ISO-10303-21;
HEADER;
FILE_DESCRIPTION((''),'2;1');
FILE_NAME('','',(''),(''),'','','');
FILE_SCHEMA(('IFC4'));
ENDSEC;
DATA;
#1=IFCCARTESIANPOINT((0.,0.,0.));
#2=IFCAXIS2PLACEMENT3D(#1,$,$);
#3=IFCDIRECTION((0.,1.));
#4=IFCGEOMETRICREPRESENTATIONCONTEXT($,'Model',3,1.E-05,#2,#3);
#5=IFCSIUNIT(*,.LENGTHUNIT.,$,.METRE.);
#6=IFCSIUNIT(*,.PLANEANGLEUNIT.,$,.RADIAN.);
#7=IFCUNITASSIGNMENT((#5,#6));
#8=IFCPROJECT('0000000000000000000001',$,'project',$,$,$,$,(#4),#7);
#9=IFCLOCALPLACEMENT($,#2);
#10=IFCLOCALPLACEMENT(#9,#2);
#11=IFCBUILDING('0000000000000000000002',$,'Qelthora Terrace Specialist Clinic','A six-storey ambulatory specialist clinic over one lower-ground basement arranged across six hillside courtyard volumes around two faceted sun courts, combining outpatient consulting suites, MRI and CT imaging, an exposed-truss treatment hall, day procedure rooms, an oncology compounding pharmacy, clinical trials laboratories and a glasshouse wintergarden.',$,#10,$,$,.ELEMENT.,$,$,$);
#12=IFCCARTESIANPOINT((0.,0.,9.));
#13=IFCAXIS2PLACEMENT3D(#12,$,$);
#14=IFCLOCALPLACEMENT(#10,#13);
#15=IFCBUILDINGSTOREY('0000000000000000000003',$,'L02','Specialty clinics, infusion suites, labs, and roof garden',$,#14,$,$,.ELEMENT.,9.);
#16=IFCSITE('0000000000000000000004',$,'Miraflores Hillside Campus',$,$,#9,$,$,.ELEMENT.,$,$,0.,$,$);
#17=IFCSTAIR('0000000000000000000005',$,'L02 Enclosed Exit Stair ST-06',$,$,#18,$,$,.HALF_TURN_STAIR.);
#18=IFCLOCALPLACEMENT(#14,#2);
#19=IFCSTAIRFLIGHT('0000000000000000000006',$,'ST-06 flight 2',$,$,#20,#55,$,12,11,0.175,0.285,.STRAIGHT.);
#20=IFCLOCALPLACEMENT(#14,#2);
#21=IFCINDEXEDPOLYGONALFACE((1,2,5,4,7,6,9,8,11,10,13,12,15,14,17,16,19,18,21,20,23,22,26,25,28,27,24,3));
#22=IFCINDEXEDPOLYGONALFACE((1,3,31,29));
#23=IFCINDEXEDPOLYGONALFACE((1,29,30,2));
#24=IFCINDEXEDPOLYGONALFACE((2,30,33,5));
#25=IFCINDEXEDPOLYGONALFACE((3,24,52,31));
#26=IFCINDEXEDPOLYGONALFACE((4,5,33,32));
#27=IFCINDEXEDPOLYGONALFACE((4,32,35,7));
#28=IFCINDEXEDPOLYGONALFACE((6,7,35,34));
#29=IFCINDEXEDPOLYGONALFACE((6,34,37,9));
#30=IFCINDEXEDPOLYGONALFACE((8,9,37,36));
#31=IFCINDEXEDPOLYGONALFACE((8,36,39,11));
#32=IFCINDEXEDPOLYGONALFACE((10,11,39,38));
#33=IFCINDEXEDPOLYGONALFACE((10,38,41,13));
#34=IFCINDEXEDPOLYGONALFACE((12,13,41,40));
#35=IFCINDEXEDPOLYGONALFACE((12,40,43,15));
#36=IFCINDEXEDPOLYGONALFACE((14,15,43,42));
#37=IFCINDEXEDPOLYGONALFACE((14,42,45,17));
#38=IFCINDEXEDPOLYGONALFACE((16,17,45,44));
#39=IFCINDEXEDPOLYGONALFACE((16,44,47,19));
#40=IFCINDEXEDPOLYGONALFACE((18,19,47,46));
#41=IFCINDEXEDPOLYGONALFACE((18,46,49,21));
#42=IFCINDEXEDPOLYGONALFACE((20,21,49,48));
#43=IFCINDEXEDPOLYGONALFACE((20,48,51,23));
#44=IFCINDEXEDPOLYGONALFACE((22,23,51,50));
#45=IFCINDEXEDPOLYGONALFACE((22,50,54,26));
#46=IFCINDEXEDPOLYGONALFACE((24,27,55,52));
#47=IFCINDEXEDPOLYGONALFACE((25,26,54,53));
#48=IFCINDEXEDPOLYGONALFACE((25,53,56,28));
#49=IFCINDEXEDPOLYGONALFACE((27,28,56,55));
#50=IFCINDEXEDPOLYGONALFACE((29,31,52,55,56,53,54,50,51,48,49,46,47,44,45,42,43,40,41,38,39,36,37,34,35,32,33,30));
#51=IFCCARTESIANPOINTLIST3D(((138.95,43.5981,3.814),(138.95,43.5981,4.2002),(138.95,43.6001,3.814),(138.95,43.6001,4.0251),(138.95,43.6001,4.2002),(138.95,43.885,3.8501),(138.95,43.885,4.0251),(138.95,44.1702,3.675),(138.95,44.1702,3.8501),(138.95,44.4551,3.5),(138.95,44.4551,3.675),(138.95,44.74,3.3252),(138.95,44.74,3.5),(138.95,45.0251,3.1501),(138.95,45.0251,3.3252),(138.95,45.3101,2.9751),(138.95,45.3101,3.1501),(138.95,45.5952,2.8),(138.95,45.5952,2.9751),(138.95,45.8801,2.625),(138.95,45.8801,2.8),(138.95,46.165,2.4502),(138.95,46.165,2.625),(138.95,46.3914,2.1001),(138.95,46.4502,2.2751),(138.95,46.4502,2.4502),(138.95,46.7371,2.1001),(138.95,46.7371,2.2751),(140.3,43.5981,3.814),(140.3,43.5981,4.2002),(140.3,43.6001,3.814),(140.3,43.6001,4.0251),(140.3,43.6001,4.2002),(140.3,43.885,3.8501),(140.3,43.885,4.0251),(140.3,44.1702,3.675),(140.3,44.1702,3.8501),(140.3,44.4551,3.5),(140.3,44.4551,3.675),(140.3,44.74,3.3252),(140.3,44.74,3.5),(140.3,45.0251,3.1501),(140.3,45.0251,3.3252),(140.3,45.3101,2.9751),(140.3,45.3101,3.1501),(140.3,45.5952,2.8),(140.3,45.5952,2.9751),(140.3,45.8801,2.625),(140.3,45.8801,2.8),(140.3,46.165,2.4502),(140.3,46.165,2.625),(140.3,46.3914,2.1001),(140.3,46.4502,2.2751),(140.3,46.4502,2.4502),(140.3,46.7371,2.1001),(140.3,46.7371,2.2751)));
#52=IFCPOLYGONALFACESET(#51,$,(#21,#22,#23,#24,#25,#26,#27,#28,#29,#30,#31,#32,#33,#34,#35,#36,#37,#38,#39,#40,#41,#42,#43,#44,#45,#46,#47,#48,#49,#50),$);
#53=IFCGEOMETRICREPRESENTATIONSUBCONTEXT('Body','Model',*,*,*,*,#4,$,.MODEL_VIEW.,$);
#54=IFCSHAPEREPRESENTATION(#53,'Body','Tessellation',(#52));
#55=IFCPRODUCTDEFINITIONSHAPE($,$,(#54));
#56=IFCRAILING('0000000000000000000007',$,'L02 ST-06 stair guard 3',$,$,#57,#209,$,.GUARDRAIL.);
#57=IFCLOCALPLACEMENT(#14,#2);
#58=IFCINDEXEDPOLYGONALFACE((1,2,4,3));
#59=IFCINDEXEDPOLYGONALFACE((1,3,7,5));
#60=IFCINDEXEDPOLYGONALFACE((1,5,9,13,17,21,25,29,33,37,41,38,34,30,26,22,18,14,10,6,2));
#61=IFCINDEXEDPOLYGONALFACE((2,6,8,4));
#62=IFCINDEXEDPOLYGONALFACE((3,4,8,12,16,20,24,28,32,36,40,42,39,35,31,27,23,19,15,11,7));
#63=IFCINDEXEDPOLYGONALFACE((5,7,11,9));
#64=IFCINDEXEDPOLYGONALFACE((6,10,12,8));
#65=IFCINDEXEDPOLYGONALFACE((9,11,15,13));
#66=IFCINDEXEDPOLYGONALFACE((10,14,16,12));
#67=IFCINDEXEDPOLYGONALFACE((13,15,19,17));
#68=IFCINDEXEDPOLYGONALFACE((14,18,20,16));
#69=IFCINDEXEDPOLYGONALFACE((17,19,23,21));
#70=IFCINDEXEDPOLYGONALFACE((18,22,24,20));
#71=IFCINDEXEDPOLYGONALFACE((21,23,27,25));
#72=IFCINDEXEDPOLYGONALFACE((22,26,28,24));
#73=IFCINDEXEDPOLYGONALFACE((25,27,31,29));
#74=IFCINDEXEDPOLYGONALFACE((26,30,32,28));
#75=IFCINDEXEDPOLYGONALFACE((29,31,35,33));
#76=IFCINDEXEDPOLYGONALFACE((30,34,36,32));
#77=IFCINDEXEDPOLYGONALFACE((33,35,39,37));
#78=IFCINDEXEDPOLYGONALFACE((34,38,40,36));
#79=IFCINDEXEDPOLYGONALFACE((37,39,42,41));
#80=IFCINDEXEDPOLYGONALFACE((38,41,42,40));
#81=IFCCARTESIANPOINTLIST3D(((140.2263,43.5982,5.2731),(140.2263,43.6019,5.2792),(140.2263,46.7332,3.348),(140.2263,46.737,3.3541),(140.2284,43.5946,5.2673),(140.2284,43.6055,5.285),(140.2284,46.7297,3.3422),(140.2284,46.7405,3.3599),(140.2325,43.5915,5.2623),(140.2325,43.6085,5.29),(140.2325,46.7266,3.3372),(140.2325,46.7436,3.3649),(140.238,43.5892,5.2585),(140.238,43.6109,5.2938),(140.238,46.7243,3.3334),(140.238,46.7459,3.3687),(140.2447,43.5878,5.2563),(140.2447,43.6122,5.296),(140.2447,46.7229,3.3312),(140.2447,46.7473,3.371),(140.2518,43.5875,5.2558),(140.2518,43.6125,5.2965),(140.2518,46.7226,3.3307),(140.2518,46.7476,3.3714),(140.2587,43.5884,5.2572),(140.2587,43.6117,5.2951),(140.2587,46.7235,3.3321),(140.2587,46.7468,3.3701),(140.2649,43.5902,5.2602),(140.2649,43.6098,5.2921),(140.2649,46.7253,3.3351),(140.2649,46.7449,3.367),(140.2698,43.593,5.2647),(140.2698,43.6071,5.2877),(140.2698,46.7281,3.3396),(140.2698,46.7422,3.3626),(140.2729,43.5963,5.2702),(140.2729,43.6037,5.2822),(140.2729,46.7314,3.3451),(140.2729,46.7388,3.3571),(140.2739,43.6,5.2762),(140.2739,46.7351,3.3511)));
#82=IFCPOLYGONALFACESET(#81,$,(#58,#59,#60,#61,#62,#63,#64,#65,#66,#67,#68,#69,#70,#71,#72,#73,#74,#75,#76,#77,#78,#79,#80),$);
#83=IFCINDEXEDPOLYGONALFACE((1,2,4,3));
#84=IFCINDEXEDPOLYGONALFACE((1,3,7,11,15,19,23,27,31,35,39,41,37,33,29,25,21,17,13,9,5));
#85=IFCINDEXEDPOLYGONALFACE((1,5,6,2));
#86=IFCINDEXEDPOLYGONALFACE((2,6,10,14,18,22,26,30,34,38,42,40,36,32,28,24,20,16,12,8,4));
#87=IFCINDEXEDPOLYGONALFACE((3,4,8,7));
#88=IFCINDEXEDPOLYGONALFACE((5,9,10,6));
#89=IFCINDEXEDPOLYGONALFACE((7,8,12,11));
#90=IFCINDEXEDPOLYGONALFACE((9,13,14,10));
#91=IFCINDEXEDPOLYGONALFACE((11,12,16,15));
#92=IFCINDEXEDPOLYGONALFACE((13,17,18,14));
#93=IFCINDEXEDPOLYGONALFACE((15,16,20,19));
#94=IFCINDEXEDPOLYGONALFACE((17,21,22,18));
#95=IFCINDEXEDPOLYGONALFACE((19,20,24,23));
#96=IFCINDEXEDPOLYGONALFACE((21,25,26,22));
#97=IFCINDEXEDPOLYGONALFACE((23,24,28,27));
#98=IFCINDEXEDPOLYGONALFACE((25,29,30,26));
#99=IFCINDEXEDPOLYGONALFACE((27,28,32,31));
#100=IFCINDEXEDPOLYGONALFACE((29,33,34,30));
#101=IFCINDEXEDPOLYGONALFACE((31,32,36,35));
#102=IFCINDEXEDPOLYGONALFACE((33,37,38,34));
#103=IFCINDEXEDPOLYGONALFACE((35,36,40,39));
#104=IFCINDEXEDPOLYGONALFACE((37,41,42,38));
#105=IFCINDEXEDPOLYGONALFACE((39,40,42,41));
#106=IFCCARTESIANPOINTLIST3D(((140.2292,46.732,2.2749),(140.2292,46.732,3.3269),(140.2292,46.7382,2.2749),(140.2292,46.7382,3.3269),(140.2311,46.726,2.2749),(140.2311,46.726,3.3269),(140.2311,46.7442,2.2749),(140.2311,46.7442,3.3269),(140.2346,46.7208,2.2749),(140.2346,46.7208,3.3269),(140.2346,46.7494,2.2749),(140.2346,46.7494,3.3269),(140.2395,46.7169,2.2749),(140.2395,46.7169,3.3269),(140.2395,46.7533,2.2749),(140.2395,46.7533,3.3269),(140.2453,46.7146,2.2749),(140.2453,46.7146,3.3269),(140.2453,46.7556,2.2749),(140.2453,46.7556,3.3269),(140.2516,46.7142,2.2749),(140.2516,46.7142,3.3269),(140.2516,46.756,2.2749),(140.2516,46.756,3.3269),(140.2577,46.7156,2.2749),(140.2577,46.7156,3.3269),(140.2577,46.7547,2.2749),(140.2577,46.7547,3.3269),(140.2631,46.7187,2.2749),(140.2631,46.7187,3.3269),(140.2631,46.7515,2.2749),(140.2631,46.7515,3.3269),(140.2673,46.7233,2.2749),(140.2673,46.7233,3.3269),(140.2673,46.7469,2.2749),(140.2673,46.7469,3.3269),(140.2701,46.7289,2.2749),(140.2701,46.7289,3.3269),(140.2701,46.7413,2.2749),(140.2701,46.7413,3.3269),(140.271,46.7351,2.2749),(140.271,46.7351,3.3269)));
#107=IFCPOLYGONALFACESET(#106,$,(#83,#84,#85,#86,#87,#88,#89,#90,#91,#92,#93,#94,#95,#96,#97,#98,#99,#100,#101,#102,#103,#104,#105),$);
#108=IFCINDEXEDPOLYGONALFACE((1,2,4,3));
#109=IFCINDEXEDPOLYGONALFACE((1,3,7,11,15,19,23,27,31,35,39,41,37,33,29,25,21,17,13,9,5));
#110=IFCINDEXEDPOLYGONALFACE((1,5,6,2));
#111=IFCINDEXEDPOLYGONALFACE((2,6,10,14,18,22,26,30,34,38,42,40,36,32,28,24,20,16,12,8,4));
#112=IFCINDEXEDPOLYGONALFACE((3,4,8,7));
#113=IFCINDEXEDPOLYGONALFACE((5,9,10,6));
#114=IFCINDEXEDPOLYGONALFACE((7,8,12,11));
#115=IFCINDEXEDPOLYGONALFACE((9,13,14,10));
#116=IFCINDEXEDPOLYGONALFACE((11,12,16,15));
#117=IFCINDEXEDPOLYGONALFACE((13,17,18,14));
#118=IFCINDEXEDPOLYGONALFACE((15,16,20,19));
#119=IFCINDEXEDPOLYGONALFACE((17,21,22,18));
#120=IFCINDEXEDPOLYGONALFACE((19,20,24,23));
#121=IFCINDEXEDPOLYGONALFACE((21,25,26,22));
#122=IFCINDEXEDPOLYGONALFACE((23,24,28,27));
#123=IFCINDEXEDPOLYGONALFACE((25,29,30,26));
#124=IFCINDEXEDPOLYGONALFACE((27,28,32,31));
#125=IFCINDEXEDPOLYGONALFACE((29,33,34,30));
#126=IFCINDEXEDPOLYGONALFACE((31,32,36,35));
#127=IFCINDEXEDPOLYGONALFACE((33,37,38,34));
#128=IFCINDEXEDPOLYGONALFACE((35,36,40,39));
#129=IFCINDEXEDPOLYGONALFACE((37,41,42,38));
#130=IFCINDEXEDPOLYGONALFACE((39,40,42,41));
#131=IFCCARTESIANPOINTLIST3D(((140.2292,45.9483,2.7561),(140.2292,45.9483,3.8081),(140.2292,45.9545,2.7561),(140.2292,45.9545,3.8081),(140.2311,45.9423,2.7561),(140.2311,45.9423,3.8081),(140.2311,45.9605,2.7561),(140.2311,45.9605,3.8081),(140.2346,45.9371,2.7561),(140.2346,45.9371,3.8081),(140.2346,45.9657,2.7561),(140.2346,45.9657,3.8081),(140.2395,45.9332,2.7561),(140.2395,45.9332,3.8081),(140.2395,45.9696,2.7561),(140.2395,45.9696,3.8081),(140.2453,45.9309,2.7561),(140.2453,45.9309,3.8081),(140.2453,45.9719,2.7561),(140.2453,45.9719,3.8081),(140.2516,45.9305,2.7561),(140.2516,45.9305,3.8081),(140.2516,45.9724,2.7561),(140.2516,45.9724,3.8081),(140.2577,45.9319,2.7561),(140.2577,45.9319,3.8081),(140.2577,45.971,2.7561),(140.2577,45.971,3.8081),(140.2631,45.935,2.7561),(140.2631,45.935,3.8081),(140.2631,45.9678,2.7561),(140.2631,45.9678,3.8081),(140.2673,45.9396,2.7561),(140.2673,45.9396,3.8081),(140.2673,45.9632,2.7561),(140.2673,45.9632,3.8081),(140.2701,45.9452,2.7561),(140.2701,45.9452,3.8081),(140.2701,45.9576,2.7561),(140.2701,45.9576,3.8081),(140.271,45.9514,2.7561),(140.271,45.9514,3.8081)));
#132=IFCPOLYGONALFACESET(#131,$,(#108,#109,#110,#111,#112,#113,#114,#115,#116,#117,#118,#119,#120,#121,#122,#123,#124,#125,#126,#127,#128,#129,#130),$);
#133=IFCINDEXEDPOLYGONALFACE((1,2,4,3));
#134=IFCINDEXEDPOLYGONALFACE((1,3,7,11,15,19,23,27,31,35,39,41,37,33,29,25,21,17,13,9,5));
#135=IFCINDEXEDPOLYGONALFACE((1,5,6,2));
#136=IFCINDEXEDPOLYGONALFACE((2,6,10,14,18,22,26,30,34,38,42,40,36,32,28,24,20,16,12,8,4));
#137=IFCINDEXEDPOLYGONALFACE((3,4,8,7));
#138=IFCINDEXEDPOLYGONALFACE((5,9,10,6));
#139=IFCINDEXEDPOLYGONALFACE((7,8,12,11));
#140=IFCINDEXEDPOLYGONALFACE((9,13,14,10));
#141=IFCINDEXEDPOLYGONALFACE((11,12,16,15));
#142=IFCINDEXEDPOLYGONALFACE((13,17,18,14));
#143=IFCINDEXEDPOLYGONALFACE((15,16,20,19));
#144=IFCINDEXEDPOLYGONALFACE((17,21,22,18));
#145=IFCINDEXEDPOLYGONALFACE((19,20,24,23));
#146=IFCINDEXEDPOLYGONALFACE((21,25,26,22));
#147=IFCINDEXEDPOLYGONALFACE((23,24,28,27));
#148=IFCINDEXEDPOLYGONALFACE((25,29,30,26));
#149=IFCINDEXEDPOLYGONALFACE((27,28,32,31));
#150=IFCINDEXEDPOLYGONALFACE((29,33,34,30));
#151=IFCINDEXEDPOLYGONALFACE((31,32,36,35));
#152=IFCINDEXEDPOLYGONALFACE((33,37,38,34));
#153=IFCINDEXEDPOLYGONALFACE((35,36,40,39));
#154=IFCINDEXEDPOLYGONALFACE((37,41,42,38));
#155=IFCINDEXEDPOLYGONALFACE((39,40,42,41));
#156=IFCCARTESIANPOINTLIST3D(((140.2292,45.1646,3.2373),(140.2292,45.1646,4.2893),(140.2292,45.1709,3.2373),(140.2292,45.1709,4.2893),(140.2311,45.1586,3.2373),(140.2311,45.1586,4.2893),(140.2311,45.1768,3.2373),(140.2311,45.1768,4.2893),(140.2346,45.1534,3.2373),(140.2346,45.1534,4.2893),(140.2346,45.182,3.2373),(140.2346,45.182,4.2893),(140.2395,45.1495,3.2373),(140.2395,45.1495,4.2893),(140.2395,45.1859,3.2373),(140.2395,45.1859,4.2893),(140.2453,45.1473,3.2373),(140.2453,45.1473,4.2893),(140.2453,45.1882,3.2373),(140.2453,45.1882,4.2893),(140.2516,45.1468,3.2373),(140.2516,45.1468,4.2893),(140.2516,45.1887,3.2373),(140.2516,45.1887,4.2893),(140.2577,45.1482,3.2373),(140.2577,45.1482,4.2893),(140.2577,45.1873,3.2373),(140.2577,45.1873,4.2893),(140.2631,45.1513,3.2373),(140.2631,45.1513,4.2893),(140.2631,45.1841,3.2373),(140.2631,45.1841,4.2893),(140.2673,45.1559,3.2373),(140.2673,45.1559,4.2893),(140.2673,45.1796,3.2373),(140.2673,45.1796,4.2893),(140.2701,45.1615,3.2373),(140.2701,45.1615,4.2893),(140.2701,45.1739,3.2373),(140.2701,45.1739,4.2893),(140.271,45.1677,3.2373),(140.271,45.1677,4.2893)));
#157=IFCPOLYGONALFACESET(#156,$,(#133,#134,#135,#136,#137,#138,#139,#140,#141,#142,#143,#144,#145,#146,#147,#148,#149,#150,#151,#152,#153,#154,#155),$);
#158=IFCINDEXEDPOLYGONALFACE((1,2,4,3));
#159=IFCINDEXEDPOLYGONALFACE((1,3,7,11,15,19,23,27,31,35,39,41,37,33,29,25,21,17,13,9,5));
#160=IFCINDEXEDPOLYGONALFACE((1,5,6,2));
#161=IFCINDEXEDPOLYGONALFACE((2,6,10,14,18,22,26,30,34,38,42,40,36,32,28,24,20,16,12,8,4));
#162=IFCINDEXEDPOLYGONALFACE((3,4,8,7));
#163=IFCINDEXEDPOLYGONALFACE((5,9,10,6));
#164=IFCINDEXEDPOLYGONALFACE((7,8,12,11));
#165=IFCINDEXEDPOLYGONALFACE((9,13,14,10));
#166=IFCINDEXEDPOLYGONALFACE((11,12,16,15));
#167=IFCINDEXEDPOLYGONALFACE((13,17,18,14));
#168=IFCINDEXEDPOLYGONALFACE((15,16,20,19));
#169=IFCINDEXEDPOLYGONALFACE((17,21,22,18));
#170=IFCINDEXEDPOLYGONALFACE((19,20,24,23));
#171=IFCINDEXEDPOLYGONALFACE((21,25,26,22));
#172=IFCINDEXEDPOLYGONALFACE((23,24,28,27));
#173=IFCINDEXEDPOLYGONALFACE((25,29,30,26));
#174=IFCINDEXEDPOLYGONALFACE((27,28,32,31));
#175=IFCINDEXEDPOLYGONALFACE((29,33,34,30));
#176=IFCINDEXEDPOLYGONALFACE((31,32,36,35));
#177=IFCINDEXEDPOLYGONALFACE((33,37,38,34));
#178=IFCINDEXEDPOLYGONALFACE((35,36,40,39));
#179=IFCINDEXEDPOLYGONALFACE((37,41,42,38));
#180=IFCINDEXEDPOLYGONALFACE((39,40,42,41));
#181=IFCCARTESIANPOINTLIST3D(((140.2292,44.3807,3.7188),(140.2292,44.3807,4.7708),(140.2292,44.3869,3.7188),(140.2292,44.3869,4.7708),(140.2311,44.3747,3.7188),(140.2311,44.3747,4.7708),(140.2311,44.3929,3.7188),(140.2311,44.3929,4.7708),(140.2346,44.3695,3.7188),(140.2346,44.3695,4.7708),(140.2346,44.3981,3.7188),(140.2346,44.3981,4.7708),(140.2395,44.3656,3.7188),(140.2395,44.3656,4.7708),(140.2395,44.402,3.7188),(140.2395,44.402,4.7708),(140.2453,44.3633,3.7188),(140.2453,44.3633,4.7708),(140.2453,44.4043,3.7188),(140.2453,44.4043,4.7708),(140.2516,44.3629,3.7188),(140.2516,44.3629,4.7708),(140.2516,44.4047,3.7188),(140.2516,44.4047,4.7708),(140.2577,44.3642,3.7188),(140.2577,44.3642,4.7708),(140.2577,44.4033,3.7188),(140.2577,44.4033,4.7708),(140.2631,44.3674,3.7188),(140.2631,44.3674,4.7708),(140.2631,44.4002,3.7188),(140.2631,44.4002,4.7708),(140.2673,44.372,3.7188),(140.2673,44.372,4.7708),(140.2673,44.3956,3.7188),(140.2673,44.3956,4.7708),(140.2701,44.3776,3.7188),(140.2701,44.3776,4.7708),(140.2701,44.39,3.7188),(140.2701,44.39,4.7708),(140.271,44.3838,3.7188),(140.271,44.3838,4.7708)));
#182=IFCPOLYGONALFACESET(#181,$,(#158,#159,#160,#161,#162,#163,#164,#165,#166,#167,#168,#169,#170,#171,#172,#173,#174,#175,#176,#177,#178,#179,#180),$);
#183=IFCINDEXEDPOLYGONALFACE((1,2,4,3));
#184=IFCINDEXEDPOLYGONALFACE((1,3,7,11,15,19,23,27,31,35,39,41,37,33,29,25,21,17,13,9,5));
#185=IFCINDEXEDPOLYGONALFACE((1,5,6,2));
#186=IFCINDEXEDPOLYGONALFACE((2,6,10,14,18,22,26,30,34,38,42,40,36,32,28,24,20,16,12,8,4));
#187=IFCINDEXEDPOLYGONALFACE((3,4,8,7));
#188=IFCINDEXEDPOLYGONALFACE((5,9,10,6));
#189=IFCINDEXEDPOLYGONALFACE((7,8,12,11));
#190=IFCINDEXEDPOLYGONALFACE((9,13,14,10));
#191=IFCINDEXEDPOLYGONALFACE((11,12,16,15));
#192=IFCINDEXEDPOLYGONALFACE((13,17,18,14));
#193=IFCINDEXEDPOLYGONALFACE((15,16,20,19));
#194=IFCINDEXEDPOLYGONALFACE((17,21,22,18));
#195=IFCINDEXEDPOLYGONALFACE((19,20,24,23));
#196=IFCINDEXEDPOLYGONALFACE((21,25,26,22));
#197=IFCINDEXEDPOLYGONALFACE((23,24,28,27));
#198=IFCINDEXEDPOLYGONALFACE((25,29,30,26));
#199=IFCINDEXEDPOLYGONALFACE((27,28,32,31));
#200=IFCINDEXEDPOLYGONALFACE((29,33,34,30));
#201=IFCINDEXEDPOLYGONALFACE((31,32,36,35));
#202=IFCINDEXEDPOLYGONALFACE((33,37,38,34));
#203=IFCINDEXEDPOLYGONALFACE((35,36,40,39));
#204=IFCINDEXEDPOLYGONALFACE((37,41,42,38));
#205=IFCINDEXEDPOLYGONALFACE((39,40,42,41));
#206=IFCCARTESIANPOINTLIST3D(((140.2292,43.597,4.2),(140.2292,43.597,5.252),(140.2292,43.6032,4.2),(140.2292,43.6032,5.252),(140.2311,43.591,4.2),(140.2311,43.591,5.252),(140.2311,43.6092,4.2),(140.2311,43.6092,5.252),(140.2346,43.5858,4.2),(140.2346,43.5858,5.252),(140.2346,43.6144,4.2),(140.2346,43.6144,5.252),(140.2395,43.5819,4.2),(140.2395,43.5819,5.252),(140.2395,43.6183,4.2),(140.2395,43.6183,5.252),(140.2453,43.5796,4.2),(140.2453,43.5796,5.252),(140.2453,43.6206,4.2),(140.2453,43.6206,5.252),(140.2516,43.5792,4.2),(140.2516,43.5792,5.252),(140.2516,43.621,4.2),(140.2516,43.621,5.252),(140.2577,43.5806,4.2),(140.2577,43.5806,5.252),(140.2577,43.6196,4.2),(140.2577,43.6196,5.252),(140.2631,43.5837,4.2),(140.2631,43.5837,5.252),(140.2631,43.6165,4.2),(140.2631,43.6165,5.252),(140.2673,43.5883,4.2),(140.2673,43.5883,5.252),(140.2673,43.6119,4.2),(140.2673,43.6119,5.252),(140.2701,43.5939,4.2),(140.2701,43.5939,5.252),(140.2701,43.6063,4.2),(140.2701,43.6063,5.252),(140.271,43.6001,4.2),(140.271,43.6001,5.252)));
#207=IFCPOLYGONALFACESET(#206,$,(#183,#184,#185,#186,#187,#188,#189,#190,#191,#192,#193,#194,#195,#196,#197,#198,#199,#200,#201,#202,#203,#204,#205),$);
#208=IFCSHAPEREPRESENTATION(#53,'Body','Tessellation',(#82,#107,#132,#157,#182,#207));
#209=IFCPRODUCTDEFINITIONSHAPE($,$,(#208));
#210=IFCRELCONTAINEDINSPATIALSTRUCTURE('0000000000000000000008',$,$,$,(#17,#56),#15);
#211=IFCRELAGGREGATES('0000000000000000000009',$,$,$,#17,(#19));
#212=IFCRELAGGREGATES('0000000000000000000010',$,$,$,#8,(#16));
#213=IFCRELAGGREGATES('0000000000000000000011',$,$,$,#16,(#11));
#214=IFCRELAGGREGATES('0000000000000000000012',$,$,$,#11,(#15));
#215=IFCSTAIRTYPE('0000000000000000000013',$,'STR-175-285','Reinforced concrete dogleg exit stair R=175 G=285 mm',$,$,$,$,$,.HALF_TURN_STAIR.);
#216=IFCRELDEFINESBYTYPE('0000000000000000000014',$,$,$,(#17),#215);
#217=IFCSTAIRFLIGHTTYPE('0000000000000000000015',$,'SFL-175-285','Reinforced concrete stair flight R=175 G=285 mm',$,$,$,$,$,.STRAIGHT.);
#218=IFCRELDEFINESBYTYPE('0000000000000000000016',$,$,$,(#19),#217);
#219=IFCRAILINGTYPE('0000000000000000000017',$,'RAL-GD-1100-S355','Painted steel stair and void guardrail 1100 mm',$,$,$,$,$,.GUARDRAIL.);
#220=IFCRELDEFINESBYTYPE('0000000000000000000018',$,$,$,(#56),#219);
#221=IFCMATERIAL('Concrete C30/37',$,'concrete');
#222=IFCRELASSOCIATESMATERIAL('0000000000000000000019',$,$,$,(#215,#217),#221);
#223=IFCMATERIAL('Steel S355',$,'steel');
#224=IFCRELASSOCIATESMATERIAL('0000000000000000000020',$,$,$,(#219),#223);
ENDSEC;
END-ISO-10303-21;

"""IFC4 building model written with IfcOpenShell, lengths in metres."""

from ifc_helpers import new_model, si_unit, direction, frame, origin, origin_2d, place, context, subcontext, project, spatial, polyline, circle, outline, extrude, material, type_object, element, aggregate, save


model = new_model("IFC4")

# Units and contexts
model_context = context("Model", 3, precision=1e-05, world=origin(), true_north=direction((0.0, 1.0)))
body_context = subcontext(model_context, "Body", "Model", "MODEL_VIEW")
ifc_project = project(units=[si_unit("LENGTHUNIT", "METRE"), si_unit("PLANEANGLEUNIT", "RADIAN")], contexts=[model_context])

# Site, building, storey
site_placement = place(None, origin())
site = spatial("IfcSite", under=ifc_project, at=site_placement, Name="Miraflores Hillside Campus", CompositionType="ELEMENT", RefElevation=0.0)
building_placement = place(site_placement, origin())
building = spatial("IfcBuilding", under=site, at=building_placement, Name="Qelthora Terrace Specialist Clinic", Description="A six-storey ambulatory specialist clinic over one lower-ground basement arranged across six hillside courtyard volumes around two faceted sun courts, combining outpatient consulting suites, MRI and CT imaging, an exposed-truss treatment hall, day procedure rooms, an oncology compounding pharmacy, clinical trials laboratories and a glasshouse wintergarden.", CompositionType="ELEMENT")
storey_placement = place(building_placement, frame((0.0, 0.0, 9.0)))
storey = spatial("IfcBuildingStorey", under=building, at=storey_placement, Name="L02", Description="Specialty clinics, infusion suites, labs, and roof garden", CompositionType="ELEMENT", Elevation=9.0)

# Shared definitions
ifc_material_1 = material(Name="Steel S355", Category="steel")

# Stair, stair flight
ifc_material_2 = material(Name="Concrete C30/37", Category="concrete")
stair_type = type_object("IfcStairType", Name="STR-175-285", Description="Reinforced concrete dogleg exit stair R=175 G=285 mm", PredefinedType="HALF_TURN_STAIR", material=ifc_material_2)
stair_placement = place(storey_placement, origin())
stair = element("IfcStair", 1, at=stair_placement, inside=storey, type_object=stair_type, Name="L02 Enclosed Exit Stair ST-06", PredefinedType="HALF_TURN_STAIR")
stair_flight_type = type_object("IfcStairFlightType", Name="SFL-175-285", Description="Reinforced concrete stair flight R=175 G=285 mm", PredefinedType="STRAIGHT", material=ifc_material_2)
stair_flight_placement = place(storey_placement, frame((139.625, 46.7351, 2.1001), z_axis=(0.0, 0.0, 1.0), x_axis=(0.0, -1.0, 0.0)))
stair_flight = element("IfcStairFlight", 2, at=stair_flight_placement, type_object=stair_flight_type, Name="ST-06 flight 2", NumberOfRisers=12, NumberOfTreads=11, PredefinedType="STRAIGHT", RiserHeight=0.175, TreadLength=0.285, context=body_context, shape_type="SweptSolid", body=[
    extrude(outline(polyline([(-0.002, 0.0), (-0.002, 0.175), (0.2849, 0.175), (0.2849, 0.3501), (0.5701, 0.3501), (0.5701, 0.5249), (0.855, 0.5249), (0.855, 0.7), (1.1399, 0.7), (1.1399, 0.875), (1.425, 0.875), (1.425, 1.05), (1.71, 1.05), (1.71, 1.2251), (1.9951, 1.2251), (1.9951, 1.3999), (2.28, 1.3999), (2.28, 1.575), (2.5649, 1.575), (2.5649, 1.75), (2.8501, 1.75), (2.8501, 1.925), (3.135, 1.925), (3.135, 2.1001), (3.137, 2.1001), (3.137, 1.7139), (3.135, 1.7139), (0.3438, 0.0), (-0.002, 0.0)])), frame((0.0, 0.675, 0.0), z_axis=(0.0, -1.0, 0.0), x_axis=(1.0, 0.0, 0.0)), (0.0, 0.0, 1.0), 1.3501),
])
aggregate(stair, [stair_flight])

# Railing
railing_type_1 = type_object("IfcRailingType", Name="RAL-GD-1100-S355", Description="Painted steel stair and void guardrail 1100 mm", PredefinedType="GUARDRAIL", material=ifc_material_1)
railing_1_placement = place(storey_placement, frame((140.25, 46.7351, 2.2749)))
element("IfcRailing", 3, at=railing_1_placement, inside=storey, type_object=railing_type_1, Name="L02 ST-06 stair guard 3", PredefinedType="GUARDRAIL", context=body_context, shape_type="SweptSolid", body=[
    extrude(circle(Radius=0.0239, at=origin_2d()), frame((0.0, 0.0, 1.0762), z_axis=(0.0, -0.852166, 0.523271), x_axis=(1.0, 0.0, 0.0)), (0.0, 0.0, 1.0), 3.679),
    extrude(circle(Radius=0.021, at=origin_2d()), origin(), (0.0, 0.0, 1.0), 1.052),
    extrude(circle(Radius=0.021, at=origin_2d()), frame((0.0, -0.7837, 0.4812)), (0.0, 0.0, 1.0), 1.052),
    extrude(circle(Radius=0.021, at=origin_2d()), frame((0.0, -1.5674, 0.9624)), (0.0, 0.0, 1.0), 1.052),
    extrude(circle(Radius=0.021, at=origin_2d()), frame((0.0, -2.3513, 1.4438)), (0.0, 0.0, 1.0), 1.052),
    extrude(circle(Radius=0.021, at=origin_2d()), frame((0.0, -3.135, 1.925)), (0.0, 0.0, 1.0), 1.052),
])

save(model, "model.ifc")
